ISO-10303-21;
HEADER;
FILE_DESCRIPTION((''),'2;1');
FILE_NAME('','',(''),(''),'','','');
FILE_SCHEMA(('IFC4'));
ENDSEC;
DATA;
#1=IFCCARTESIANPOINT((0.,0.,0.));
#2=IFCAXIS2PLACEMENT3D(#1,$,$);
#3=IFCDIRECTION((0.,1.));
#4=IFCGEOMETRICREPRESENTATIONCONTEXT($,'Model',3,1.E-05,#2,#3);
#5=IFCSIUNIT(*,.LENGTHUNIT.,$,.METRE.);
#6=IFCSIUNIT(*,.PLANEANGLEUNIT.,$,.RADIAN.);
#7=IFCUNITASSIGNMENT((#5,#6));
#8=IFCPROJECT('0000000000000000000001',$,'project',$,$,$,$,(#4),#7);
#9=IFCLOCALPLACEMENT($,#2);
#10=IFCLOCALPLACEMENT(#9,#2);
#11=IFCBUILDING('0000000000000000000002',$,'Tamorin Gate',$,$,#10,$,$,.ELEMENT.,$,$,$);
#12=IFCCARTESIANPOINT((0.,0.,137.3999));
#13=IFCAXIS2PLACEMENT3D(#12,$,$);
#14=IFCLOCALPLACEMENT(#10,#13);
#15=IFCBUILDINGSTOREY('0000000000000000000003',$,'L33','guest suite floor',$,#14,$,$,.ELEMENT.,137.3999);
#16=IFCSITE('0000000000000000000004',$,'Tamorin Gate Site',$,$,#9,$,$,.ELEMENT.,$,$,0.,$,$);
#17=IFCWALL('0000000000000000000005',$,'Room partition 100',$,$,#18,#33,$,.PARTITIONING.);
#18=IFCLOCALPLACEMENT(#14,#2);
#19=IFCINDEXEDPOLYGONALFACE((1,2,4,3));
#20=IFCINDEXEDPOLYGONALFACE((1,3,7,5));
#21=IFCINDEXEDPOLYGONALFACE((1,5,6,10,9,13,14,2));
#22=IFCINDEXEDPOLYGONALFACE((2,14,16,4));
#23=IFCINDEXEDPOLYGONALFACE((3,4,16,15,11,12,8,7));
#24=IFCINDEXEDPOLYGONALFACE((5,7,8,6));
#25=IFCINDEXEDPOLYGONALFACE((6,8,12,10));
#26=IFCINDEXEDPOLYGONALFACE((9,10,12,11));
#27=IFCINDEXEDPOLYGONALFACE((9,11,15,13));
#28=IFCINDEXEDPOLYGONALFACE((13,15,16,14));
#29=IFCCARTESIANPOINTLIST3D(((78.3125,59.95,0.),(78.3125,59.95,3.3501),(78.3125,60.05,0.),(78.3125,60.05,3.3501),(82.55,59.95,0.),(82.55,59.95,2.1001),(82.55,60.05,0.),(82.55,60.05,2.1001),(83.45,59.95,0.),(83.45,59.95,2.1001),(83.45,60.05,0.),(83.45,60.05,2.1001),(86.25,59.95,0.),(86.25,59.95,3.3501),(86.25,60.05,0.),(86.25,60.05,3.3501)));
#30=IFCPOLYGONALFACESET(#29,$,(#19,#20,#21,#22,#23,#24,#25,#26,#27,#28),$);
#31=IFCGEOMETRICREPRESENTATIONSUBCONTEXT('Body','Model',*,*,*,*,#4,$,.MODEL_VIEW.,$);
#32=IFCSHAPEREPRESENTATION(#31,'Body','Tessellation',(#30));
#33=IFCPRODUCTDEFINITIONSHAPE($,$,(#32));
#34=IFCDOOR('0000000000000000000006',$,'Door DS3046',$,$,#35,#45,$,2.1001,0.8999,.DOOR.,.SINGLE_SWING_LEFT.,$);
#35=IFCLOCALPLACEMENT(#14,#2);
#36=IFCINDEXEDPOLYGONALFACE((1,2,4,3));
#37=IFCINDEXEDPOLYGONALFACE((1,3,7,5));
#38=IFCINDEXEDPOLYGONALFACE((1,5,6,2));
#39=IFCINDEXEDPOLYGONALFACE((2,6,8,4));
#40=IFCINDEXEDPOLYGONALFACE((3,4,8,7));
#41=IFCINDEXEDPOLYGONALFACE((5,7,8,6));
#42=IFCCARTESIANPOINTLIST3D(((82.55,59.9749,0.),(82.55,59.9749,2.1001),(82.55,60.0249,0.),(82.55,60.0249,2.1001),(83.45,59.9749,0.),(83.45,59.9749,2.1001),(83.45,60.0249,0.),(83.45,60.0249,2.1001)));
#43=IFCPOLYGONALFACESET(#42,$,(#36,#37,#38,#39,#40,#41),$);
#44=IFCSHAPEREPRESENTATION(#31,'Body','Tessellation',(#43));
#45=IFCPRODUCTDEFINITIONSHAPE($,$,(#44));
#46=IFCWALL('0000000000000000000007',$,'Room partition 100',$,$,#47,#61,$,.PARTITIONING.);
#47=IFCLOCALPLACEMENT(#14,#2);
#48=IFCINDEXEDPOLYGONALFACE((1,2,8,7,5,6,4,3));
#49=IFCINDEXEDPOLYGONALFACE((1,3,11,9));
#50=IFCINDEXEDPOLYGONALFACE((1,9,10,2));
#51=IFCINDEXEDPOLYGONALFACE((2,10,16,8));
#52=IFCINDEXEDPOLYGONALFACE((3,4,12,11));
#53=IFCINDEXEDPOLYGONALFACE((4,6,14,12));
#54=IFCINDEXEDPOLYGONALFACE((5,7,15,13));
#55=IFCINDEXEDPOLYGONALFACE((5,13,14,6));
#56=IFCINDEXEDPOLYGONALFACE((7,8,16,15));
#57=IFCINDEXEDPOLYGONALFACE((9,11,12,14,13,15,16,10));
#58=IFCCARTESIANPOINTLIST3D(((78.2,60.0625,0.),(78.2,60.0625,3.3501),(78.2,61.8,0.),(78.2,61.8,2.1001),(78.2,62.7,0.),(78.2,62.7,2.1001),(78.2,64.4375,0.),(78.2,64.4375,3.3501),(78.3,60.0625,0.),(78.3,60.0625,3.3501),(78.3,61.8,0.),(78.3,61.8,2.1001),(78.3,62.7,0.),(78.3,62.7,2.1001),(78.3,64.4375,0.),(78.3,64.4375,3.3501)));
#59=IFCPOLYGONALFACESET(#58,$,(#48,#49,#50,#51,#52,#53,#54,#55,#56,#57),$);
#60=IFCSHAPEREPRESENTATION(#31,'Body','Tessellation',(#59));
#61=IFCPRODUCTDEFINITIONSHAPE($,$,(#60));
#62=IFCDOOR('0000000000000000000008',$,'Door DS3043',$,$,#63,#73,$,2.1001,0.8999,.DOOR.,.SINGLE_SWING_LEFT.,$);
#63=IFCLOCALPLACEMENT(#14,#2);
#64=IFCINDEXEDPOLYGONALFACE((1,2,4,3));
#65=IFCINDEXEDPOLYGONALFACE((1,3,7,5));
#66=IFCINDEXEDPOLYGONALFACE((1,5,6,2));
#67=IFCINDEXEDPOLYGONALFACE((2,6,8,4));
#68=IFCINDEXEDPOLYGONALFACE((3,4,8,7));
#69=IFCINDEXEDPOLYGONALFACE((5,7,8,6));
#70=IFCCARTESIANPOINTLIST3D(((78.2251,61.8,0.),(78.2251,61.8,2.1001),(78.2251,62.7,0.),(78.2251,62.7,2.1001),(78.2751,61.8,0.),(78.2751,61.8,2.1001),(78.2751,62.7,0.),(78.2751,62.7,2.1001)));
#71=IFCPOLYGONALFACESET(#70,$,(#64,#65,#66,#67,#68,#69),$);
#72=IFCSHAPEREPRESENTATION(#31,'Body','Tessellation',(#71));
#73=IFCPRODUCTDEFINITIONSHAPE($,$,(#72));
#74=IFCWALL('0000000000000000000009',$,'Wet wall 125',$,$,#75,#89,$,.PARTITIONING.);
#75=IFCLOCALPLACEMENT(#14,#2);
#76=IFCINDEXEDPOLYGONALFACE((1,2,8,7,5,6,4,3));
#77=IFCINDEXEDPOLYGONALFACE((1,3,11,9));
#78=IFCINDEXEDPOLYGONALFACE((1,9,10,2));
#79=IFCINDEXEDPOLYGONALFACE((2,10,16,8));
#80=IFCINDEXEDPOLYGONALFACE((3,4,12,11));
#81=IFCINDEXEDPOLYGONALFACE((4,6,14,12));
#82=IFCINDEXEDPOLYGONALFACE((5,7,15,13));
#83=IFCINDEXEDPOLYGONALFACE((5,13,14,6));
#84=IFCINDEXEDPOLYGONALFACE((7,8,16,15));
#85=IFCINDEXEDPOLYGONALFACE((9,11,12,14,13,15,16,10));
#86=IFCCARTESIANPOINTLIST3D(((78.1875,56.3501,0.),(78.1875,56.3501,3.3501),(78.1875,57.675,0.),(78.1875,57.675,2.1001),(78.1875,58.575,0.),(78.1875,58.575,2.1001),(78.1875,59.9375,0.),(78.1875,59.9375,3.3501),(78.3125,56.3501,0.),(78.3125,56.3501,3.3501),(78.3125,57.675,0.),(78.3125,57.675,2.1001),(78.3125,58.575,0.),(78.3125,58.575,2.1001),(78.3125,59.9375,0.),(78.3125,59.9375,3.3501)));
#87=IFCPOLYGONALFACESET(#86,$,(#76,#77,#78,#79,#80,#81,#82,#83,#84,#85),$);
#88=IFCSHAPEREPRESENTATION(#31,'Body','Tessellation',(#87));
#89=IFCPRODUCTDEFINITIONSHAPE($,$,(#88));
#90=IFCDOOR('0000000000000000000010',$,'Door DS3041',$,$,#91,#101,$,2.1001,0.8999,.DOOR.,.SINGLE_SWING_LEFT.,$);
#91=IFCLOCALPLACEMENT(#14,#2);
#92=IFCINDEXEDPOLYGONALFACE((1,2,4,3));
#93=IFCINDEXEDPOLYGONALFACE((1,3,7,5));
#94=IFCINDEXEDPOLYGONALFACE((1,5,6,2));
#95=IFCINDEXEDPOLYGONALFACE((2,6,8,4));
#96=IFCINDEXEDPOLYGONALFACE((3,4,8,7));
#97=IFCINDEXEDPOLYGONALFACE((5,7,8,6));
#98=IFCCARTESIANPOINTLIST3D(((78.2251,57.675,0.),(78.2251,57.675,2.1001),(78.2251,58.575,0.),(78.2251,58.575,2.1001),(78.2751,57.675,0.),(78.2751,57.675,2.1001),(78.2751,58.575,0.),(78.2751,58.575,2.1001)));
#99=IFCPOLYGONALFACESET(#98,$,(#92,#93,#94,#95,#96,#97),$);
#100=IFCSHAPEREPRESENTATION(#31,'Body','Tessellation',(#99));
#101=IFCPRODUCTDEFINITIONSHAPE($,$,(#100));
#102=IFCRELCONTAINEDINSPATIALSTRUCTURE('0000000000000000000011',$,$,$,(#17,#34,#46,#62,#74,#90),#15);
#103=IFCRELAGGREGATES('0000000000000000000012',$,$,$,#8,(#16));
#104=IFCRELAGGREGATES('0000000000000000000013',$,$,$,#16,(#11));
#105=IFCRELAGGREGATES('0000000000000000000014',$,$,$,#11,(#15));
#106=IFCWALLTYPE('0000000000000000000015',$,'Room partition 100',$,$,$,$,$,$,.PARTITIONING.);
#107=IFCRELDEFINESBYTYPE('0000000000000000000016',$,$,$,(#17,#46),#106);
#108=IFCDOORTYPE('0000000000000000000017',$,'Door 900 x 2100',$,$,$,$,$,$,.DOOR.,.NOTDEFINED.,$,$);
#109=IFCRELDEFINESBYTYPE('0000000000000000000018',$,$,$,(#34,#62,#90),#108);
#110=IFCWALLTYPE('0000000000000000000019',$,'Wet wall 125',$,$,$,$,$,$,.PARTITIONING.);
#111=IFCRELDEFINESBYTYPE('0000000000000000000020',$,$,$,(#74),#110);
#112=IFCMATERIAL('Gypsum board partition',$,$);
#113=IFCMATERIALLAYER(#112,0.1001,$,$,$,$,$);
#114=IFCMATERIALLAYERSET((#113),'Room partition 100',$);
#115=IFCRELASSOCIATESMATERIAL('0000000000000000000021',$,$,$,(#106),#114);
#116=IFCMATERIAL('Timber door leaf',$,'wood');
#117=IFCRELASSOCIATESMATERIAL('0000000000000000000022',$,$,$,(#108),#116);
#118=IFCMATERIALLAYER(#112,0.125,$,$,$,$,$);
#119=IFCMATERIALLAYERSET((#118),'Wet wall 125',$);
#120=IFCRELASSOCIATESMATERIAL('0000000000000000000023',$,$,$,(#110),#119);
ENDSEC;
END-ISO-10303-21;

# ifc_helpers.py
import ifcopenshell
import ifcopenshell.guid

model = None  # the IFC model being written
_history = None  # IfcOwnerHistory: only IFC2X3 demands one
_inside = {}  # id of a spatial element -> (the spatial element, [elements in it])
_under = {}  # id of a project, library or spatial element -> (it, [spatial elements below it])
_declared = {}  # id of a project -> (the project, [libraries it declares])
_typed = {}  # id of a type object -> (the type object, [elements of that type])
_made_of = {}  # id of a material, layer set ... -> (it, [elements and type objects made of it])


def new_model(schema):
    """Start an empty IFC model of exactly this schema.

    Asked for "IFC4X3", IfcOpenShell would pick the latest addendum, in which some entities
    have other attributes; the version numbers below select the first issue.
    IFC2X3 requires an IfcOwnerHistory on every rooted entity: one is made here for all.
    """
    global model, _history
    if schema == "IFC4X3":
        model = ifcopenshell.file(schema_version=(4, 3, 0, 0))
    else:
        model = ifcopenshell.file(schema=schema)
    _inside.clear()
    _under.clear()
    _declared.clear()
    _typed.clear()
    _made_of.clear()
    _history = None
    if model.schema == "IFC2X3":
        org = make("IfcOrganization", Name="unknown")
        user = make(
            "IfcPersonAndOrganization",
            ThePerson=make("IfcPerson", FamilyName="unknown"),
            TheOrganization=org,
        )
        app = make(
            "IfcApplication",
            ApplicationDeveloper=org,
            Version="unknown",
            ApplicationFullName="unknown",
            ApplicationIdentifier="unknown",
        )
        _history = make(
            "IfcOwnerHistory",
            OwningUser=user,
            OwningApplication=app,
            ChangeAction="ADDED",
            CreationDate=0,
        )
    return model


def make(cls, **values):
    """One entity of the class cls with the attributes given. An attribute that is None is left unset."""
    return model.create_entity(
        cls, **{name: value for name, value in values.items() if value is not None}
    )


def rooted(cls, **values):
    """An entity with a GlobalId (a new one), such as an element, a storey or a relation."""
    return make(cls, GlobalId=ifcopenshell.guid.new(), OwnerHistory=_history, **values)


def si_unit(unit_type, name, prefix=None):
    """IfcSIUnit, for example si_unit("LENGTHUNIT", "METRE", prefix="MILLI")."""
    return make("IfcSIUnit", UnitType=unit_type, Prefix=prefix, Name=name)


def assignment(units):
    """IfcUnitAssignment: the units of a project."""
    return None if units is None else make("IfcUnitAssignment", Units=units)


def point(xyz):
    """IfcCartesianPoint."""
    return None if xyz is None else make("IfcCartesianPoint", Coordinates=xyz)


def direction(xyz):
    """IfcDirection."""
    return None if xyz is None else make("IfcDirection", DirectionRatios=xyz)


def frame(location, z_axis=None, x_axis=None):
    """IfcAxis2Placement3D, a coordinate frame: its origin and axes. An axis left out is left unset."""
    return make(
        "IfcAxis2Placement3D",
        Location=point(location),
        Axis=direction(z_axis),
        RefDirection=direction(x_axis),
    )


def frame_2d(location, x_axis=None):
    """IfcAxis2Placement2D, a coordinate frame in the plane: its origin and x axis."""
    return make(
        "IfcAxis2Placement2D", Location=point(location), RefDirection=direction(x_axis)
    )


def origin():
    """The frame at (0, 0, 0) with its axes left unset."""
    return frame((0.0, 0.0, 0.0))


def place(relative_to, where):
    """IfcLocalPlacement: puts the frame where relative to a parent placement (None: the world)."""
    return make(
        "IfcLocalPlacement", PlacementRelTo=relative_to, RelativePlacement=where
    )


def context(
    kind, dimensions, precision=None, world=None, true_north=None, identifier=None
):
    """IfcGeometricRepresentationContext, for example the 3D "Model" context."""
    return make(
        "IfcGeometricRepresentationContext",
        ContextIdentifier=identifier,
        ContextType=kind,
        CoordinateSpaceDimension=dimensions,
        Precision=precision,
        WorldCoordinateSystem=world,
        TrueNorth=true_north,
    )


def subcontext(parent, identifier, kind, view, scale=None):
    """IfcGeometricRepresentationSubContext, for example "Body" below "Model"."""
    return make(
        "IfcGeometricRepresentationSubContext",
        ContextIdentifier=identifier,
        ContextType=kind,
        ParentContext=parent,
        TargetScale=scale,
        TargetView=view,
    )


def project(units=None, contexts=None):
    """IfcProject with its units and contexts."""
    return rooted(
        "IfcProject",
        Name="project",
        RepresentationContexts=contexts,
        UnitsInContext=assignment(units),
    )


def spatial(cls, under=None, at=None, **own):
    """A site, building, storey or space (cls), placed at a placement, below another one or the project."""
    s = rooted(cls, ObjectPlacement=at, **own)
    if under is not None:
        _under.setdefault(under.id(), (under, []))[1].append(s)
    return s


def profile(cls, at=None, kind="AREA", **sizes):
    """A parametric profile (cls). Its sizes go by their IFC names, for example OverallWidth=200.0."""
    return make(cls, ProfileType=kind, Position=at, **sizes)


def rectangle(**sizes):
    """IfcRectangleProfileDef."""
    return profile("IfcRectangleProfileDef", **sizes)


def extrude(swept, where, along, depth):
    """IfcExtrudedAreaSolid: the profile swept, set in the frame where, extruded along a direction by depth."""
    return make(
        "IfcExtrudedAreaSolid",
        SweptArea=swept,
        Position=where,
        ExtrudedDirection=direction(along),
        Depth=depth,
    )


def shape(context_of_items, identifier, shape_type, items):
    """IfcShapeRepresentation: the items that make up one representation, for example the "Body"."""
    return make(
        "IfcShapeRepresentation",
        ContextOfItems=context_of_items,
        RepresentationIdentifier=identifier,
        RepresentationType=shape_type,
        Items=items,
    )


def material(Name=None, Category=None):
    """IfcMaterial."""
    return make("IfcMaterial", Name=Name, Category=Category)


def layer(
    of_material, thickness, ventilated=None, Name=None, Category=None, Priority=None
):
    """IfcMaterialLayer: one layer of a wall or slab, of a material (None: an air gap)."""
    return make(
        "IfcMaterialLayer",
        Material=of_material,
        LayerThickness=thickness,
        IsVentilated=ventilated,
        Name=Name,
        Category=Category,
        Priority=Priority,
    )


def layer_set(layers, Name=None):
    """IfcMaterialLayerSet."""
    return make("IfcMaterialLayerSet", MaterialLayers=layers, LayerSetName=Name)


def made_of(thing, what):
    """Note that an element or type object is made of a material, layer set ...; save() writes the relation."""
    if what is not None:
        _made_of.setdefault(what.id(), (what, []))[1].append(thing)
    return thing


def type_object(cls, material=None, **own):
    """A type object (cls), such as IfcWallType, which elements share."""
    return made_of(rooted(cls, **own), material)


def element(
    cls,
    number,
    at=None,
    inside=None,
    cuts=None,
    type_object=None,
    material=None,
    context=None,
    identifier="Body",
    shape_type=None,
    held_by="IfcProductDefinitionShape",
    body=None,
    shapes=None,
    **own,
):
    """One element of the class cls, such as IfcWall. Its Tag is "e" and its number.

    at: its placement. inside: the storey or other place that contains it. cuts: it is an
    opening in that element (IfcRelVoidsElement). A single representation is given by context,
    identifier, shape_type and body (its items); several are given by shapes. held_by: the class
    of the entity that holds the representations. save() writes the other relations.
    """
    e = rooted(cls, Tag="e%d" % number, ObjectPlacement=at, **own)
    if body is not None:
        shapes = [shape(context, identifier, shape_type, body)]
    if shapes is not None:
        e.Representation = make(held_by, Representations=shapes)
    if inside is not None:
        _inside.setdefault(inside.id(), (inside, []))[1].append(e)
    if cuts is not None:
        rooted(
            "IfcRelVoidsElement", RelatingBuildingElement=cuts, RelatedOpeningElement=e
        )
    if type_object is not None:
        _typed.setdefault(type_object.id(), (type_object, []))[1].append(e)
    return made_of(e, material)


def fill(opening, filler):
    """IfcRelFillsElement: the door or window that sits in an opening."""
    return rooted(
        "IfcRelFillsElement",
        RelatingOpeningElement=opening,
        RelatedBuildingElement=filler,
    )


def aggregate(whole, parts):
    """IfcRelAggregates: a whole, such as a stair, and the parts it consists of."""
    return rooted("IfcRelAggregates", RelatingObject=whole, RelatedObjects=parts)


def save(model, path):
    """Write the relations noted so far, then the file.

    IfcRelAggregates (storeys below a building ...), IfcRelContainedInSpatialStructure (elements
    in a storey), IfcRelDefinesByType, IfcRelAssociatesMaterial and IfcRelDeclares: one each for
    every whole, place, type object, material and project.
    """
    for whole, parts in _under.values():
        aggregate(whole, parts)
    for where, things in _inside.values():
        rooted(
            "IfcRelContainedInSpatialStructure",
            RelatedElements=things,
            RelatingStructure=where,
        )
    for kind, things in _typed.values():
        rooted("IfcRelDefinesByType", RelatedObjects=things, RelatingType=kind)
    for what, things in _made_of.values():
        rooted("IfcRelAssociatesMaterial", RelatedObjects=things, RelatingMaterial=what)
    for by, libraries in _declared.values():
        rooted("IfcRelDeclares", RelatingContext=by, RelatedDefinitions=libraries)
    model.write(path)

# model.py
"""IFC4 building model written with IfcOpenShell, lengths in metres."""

from ifc_helpers import new_model, si_unit, direction, frame, frame_2d, origin, place, context, subcontext, project, spatial, rectangle, extrude, material, layer, layer_set, type_object, element, fill, save


model = new_model("IFC4")

# Units and contexts
model_context = context("Model", 3, precision=1e-05, world=origin(), true_north=direction((0.0, 1.0)))
body_context = subcontext(model_context, "Body", "Model", "MODEL_VIEW")
ifc_project = project(units=[si_unit("LENGTHUNIT", "METRE"), si_unit("PLANEANGLEUNIT", "RADIAN")], contexts=[model_context])

# Site, building, storey
site_placement = place(None, origin())
site = spatial("IfcSite", under=ifc_project, at=site_placement, Name="Tamorin Gate Site", CompositionType="ELEMENT", RefElevation=0.0)
building_placement = place(site_placement, origin())
building = spatial("IfcBuilding", under=site, at=building_placement, Name="Tamorin Gate", CompositionType="ELEMENT")
storey_placement = place(building_placement, frame((0.0, 0.0, 137.3999)))
storey = spatial("IfcBuildingStorey", under=building, at=storey_placement, Name="L33", Description="guest suite floor", CompositionType="ELEMENT", Elevation=137.3999)

# Walls, openings, doors
ifc_material_1 = material(Name="Gypsum board partition")
ifc_layer_1 = layer(ifc_material_1, 0.1001)
ifc_layer_set_1 = layer_set([ifc_layer_1], Name="Room partition 100")
wall_type_1 = type_object("IfcWallType", Name="Room partition 100", PredefinedType="PARTITIONING", material=ifc_layer_set_1)
wall_1_placement = place(storey_placement, frame((78.3125, 60.0, 0.0), z_axis=(0.0, 0.0, 1.0), x_axis=(1.0, 0.0, 0.0)))
wall_1 = element("IfcWall", 1, at=wall_1_placement, inside=storey, type_object=wall_type_1, Name="Room partition 100", PredefinedType="PARTITIONING", context=body_context, shape_type="SweptSolid", body=[
    extrude(rectangle(XDim=7.9375, YDim=0.1001, at=frame_2d((3.9688, 0.0))), origin(), (0.0, 0.0, 1.0), 3.3501),
])
opening_1_placement = place(wall_1_placement, frame((4.2375, 0.0, 0.0)))
opening_1 = element("IfcOpeningElement", 2, at=opening_1_placement, cuts=wall_1, PredefinedType="OPENING", context=body_context, shape_type="SweptSolid", body=[
    extrude(rectangle(XDim=0.8999, YDim=2.1001, at=frame_2d((0.45, 1.05))), frame((0.0, 0.0601, 0.0), z_axis=(0.0, -1.0, 0.0), x_axis=(1.0, 0.0, 0.0)), (0.0, 0.0, 1.0), 0.1201),
])
ifc_material_2 = material(Name="Timber door leaf", Category="wood")
door_type = type_object("IfcDoorType", Name="Door 900 x 2100", OperationType="NOTDEFINED", PredefinedType="DOOR", material=ifc_material_2)
door_1_placement = place(opening_1_placement, origin())
door_1 = element("IfcDoor", 3, at=door_1_placement, inside=storey, type_object=door_type, Name="Door DS3046", OperationType="SINGLE_SWING_LEFT", OverallHeight=2.1001, OverallWidth=0.8999, PredefinedType="DOOR", context=body_context, shape_type="SweptSolid", body=[
    extrude(rectangle(XDim=0.8999, YDim=2.1001, at=frame_2d((0.45, 1.05))), frame((0.0, 0.0249, 0.0), z_axis=(0.0, -1.0, 0.0), x_axis=(1.0, 0.0, 0.0)), (0.0, 0.0, 1.0), 0.05),
])
fill(opening_1, door_1)
wall_2_placement = place(storey_placement, frame((78.25, 60.0625, 0.0), z_axis=(0.0, 0.0, 1.0), x_axis=(0.0, 1.0, 0.0)))
wall_2 = element("IfcWall", 4, at=wall_2_placement, inside=storey, type_object=wall_type_1, Name="Room partition 100", PredefinedType="PARTITIONING", context=body_context, shape_type="SweptSolid", body=[
    extrude(rectangle(XDim=4.375, YDim=0.1001, at=frame_2d((2.1875, 0.0))), origin(), (0.0, 0.0, 1.0), 3.3501),
])
opening_2_placement = place(wall_2_placement, frame((1.7375, 0.0, 0.0)))
opening_2 = element("IfcOpeningElement", 5, at=opening_2_placement, cuts=wall_2, PredefinedType="OPENING", context=body_context, shape_type="SweptSolid", body=[
    extrude(rectangle(XDim=0.8999, YDim=2.1001, at=frame_2d((0.45, 1.05))), frame((0.0, 0.0601, 0.0), z_axis=(0.0, -1.0, 0.0), x_axis=(1.0, 0.0, 0.0)), (0.0, 0.0, 1.0), 0.1201),
])
door_2_placement = place(opening_2_placement, origin())
door_2 = element("IfcDoor", 6, at=door_2_placement, inside=storey, type_object=door_type, Name="Door DS3043", OperationType="SINGLE_SWING_LEFT", OverallHeight=2.1001, OverallWidth=0.8999, PredefinedType="DOOR", context=body_context, shape_type="SweptSolid", body=[
    extrude(rectangle(XDim=0.8999, YDim=2.1001, at=frame_2d((0.45, 1.05))), frame((0.0, 0.0249, 0.0), z_axis=(0.0, -1.0, 0.0), x_axis=(1.0, 0.0, 0.0)), (0.0, 0.0, 1.0), 0.05),
])
fill(opening_2, door_2)
ifc_layer_2 = layer(ifc_material_1, 0.125)
ifc_layer_set_2 = layer_set([ifc_layer_2], Name="Wet wall 125")
wall_type_2 = type_object("IfcWallType", Name="Wet wall 125", PredefinedType="PARTITIONING", material=ifc_layer_set_2)
wall_3_placement = place(storey_placement, frame((78.25, 56.3501, 0.0), z_axis=(0.0, 0.0, 1.0), x_axis=(0.0, 1.0, 0.0)))
wall_3 = element("IfcWall", 7, at=wall_3_placement, inside=storey, type_object=wall_type_2, Name="Wet wall 125", PredefinedType="PARTITIONING", context=body_context, shape_type="SweptSolid", body=[
    extrude(rectangle(XDim=3.5874, YDim=0.125, at=frame_2d((1.7937, 0.0))), origin(), (0.0, 0.0, 1.0), 3.3501),
])
opening_3_placement = place(wall_3_placement, frame((1.325, 0.0, 0.0)))
opening_3 = element("IfcOpeningElement", 8, at=opening_3_placement, cuts=wall_3, PredefinedType="OPENING", context=body_context, shape_type="SweptSolid", body=[
    extrude(rectangle(XDim=0.8999, YDim=2.1001, at=frame_2d((0.45, 1.05))), frame((0.0, 0.0725, 0.0), z_axis=(0.0, -1.0, 0.0), x_axis=(1.0, 0.0, 0.0)), (0.0, 0.0, 1.0), 0.145),
])
door_3_placement = place(opening_3_placement, origin())
door_3 = element("IfcDoor", 9, at=door_3_placement, inside=storey, type_object=door_type, Name="Door DS3041", OperationType="SINGLE_SWING_LEFT", OverallHeight=2.1001, OverallWidth=0.8999, PredefinedType="DOOR", context=body_context, shape_type="SweptSolid", body=[
    extrude(rectangle(XDim=0.8999, YDim=2.1001, at=frame_2d((0.45, 1.05))), frame((0.0, 0.0249, 0.0), z_axis=(0.0, -1.0, 0.0), x_axis=(1.0, 0.0, 0.0)), (0.0, 0.0, 1.0), 0.05),
])
fill(opening_3, door_3)

save(model, "model.ifc")
